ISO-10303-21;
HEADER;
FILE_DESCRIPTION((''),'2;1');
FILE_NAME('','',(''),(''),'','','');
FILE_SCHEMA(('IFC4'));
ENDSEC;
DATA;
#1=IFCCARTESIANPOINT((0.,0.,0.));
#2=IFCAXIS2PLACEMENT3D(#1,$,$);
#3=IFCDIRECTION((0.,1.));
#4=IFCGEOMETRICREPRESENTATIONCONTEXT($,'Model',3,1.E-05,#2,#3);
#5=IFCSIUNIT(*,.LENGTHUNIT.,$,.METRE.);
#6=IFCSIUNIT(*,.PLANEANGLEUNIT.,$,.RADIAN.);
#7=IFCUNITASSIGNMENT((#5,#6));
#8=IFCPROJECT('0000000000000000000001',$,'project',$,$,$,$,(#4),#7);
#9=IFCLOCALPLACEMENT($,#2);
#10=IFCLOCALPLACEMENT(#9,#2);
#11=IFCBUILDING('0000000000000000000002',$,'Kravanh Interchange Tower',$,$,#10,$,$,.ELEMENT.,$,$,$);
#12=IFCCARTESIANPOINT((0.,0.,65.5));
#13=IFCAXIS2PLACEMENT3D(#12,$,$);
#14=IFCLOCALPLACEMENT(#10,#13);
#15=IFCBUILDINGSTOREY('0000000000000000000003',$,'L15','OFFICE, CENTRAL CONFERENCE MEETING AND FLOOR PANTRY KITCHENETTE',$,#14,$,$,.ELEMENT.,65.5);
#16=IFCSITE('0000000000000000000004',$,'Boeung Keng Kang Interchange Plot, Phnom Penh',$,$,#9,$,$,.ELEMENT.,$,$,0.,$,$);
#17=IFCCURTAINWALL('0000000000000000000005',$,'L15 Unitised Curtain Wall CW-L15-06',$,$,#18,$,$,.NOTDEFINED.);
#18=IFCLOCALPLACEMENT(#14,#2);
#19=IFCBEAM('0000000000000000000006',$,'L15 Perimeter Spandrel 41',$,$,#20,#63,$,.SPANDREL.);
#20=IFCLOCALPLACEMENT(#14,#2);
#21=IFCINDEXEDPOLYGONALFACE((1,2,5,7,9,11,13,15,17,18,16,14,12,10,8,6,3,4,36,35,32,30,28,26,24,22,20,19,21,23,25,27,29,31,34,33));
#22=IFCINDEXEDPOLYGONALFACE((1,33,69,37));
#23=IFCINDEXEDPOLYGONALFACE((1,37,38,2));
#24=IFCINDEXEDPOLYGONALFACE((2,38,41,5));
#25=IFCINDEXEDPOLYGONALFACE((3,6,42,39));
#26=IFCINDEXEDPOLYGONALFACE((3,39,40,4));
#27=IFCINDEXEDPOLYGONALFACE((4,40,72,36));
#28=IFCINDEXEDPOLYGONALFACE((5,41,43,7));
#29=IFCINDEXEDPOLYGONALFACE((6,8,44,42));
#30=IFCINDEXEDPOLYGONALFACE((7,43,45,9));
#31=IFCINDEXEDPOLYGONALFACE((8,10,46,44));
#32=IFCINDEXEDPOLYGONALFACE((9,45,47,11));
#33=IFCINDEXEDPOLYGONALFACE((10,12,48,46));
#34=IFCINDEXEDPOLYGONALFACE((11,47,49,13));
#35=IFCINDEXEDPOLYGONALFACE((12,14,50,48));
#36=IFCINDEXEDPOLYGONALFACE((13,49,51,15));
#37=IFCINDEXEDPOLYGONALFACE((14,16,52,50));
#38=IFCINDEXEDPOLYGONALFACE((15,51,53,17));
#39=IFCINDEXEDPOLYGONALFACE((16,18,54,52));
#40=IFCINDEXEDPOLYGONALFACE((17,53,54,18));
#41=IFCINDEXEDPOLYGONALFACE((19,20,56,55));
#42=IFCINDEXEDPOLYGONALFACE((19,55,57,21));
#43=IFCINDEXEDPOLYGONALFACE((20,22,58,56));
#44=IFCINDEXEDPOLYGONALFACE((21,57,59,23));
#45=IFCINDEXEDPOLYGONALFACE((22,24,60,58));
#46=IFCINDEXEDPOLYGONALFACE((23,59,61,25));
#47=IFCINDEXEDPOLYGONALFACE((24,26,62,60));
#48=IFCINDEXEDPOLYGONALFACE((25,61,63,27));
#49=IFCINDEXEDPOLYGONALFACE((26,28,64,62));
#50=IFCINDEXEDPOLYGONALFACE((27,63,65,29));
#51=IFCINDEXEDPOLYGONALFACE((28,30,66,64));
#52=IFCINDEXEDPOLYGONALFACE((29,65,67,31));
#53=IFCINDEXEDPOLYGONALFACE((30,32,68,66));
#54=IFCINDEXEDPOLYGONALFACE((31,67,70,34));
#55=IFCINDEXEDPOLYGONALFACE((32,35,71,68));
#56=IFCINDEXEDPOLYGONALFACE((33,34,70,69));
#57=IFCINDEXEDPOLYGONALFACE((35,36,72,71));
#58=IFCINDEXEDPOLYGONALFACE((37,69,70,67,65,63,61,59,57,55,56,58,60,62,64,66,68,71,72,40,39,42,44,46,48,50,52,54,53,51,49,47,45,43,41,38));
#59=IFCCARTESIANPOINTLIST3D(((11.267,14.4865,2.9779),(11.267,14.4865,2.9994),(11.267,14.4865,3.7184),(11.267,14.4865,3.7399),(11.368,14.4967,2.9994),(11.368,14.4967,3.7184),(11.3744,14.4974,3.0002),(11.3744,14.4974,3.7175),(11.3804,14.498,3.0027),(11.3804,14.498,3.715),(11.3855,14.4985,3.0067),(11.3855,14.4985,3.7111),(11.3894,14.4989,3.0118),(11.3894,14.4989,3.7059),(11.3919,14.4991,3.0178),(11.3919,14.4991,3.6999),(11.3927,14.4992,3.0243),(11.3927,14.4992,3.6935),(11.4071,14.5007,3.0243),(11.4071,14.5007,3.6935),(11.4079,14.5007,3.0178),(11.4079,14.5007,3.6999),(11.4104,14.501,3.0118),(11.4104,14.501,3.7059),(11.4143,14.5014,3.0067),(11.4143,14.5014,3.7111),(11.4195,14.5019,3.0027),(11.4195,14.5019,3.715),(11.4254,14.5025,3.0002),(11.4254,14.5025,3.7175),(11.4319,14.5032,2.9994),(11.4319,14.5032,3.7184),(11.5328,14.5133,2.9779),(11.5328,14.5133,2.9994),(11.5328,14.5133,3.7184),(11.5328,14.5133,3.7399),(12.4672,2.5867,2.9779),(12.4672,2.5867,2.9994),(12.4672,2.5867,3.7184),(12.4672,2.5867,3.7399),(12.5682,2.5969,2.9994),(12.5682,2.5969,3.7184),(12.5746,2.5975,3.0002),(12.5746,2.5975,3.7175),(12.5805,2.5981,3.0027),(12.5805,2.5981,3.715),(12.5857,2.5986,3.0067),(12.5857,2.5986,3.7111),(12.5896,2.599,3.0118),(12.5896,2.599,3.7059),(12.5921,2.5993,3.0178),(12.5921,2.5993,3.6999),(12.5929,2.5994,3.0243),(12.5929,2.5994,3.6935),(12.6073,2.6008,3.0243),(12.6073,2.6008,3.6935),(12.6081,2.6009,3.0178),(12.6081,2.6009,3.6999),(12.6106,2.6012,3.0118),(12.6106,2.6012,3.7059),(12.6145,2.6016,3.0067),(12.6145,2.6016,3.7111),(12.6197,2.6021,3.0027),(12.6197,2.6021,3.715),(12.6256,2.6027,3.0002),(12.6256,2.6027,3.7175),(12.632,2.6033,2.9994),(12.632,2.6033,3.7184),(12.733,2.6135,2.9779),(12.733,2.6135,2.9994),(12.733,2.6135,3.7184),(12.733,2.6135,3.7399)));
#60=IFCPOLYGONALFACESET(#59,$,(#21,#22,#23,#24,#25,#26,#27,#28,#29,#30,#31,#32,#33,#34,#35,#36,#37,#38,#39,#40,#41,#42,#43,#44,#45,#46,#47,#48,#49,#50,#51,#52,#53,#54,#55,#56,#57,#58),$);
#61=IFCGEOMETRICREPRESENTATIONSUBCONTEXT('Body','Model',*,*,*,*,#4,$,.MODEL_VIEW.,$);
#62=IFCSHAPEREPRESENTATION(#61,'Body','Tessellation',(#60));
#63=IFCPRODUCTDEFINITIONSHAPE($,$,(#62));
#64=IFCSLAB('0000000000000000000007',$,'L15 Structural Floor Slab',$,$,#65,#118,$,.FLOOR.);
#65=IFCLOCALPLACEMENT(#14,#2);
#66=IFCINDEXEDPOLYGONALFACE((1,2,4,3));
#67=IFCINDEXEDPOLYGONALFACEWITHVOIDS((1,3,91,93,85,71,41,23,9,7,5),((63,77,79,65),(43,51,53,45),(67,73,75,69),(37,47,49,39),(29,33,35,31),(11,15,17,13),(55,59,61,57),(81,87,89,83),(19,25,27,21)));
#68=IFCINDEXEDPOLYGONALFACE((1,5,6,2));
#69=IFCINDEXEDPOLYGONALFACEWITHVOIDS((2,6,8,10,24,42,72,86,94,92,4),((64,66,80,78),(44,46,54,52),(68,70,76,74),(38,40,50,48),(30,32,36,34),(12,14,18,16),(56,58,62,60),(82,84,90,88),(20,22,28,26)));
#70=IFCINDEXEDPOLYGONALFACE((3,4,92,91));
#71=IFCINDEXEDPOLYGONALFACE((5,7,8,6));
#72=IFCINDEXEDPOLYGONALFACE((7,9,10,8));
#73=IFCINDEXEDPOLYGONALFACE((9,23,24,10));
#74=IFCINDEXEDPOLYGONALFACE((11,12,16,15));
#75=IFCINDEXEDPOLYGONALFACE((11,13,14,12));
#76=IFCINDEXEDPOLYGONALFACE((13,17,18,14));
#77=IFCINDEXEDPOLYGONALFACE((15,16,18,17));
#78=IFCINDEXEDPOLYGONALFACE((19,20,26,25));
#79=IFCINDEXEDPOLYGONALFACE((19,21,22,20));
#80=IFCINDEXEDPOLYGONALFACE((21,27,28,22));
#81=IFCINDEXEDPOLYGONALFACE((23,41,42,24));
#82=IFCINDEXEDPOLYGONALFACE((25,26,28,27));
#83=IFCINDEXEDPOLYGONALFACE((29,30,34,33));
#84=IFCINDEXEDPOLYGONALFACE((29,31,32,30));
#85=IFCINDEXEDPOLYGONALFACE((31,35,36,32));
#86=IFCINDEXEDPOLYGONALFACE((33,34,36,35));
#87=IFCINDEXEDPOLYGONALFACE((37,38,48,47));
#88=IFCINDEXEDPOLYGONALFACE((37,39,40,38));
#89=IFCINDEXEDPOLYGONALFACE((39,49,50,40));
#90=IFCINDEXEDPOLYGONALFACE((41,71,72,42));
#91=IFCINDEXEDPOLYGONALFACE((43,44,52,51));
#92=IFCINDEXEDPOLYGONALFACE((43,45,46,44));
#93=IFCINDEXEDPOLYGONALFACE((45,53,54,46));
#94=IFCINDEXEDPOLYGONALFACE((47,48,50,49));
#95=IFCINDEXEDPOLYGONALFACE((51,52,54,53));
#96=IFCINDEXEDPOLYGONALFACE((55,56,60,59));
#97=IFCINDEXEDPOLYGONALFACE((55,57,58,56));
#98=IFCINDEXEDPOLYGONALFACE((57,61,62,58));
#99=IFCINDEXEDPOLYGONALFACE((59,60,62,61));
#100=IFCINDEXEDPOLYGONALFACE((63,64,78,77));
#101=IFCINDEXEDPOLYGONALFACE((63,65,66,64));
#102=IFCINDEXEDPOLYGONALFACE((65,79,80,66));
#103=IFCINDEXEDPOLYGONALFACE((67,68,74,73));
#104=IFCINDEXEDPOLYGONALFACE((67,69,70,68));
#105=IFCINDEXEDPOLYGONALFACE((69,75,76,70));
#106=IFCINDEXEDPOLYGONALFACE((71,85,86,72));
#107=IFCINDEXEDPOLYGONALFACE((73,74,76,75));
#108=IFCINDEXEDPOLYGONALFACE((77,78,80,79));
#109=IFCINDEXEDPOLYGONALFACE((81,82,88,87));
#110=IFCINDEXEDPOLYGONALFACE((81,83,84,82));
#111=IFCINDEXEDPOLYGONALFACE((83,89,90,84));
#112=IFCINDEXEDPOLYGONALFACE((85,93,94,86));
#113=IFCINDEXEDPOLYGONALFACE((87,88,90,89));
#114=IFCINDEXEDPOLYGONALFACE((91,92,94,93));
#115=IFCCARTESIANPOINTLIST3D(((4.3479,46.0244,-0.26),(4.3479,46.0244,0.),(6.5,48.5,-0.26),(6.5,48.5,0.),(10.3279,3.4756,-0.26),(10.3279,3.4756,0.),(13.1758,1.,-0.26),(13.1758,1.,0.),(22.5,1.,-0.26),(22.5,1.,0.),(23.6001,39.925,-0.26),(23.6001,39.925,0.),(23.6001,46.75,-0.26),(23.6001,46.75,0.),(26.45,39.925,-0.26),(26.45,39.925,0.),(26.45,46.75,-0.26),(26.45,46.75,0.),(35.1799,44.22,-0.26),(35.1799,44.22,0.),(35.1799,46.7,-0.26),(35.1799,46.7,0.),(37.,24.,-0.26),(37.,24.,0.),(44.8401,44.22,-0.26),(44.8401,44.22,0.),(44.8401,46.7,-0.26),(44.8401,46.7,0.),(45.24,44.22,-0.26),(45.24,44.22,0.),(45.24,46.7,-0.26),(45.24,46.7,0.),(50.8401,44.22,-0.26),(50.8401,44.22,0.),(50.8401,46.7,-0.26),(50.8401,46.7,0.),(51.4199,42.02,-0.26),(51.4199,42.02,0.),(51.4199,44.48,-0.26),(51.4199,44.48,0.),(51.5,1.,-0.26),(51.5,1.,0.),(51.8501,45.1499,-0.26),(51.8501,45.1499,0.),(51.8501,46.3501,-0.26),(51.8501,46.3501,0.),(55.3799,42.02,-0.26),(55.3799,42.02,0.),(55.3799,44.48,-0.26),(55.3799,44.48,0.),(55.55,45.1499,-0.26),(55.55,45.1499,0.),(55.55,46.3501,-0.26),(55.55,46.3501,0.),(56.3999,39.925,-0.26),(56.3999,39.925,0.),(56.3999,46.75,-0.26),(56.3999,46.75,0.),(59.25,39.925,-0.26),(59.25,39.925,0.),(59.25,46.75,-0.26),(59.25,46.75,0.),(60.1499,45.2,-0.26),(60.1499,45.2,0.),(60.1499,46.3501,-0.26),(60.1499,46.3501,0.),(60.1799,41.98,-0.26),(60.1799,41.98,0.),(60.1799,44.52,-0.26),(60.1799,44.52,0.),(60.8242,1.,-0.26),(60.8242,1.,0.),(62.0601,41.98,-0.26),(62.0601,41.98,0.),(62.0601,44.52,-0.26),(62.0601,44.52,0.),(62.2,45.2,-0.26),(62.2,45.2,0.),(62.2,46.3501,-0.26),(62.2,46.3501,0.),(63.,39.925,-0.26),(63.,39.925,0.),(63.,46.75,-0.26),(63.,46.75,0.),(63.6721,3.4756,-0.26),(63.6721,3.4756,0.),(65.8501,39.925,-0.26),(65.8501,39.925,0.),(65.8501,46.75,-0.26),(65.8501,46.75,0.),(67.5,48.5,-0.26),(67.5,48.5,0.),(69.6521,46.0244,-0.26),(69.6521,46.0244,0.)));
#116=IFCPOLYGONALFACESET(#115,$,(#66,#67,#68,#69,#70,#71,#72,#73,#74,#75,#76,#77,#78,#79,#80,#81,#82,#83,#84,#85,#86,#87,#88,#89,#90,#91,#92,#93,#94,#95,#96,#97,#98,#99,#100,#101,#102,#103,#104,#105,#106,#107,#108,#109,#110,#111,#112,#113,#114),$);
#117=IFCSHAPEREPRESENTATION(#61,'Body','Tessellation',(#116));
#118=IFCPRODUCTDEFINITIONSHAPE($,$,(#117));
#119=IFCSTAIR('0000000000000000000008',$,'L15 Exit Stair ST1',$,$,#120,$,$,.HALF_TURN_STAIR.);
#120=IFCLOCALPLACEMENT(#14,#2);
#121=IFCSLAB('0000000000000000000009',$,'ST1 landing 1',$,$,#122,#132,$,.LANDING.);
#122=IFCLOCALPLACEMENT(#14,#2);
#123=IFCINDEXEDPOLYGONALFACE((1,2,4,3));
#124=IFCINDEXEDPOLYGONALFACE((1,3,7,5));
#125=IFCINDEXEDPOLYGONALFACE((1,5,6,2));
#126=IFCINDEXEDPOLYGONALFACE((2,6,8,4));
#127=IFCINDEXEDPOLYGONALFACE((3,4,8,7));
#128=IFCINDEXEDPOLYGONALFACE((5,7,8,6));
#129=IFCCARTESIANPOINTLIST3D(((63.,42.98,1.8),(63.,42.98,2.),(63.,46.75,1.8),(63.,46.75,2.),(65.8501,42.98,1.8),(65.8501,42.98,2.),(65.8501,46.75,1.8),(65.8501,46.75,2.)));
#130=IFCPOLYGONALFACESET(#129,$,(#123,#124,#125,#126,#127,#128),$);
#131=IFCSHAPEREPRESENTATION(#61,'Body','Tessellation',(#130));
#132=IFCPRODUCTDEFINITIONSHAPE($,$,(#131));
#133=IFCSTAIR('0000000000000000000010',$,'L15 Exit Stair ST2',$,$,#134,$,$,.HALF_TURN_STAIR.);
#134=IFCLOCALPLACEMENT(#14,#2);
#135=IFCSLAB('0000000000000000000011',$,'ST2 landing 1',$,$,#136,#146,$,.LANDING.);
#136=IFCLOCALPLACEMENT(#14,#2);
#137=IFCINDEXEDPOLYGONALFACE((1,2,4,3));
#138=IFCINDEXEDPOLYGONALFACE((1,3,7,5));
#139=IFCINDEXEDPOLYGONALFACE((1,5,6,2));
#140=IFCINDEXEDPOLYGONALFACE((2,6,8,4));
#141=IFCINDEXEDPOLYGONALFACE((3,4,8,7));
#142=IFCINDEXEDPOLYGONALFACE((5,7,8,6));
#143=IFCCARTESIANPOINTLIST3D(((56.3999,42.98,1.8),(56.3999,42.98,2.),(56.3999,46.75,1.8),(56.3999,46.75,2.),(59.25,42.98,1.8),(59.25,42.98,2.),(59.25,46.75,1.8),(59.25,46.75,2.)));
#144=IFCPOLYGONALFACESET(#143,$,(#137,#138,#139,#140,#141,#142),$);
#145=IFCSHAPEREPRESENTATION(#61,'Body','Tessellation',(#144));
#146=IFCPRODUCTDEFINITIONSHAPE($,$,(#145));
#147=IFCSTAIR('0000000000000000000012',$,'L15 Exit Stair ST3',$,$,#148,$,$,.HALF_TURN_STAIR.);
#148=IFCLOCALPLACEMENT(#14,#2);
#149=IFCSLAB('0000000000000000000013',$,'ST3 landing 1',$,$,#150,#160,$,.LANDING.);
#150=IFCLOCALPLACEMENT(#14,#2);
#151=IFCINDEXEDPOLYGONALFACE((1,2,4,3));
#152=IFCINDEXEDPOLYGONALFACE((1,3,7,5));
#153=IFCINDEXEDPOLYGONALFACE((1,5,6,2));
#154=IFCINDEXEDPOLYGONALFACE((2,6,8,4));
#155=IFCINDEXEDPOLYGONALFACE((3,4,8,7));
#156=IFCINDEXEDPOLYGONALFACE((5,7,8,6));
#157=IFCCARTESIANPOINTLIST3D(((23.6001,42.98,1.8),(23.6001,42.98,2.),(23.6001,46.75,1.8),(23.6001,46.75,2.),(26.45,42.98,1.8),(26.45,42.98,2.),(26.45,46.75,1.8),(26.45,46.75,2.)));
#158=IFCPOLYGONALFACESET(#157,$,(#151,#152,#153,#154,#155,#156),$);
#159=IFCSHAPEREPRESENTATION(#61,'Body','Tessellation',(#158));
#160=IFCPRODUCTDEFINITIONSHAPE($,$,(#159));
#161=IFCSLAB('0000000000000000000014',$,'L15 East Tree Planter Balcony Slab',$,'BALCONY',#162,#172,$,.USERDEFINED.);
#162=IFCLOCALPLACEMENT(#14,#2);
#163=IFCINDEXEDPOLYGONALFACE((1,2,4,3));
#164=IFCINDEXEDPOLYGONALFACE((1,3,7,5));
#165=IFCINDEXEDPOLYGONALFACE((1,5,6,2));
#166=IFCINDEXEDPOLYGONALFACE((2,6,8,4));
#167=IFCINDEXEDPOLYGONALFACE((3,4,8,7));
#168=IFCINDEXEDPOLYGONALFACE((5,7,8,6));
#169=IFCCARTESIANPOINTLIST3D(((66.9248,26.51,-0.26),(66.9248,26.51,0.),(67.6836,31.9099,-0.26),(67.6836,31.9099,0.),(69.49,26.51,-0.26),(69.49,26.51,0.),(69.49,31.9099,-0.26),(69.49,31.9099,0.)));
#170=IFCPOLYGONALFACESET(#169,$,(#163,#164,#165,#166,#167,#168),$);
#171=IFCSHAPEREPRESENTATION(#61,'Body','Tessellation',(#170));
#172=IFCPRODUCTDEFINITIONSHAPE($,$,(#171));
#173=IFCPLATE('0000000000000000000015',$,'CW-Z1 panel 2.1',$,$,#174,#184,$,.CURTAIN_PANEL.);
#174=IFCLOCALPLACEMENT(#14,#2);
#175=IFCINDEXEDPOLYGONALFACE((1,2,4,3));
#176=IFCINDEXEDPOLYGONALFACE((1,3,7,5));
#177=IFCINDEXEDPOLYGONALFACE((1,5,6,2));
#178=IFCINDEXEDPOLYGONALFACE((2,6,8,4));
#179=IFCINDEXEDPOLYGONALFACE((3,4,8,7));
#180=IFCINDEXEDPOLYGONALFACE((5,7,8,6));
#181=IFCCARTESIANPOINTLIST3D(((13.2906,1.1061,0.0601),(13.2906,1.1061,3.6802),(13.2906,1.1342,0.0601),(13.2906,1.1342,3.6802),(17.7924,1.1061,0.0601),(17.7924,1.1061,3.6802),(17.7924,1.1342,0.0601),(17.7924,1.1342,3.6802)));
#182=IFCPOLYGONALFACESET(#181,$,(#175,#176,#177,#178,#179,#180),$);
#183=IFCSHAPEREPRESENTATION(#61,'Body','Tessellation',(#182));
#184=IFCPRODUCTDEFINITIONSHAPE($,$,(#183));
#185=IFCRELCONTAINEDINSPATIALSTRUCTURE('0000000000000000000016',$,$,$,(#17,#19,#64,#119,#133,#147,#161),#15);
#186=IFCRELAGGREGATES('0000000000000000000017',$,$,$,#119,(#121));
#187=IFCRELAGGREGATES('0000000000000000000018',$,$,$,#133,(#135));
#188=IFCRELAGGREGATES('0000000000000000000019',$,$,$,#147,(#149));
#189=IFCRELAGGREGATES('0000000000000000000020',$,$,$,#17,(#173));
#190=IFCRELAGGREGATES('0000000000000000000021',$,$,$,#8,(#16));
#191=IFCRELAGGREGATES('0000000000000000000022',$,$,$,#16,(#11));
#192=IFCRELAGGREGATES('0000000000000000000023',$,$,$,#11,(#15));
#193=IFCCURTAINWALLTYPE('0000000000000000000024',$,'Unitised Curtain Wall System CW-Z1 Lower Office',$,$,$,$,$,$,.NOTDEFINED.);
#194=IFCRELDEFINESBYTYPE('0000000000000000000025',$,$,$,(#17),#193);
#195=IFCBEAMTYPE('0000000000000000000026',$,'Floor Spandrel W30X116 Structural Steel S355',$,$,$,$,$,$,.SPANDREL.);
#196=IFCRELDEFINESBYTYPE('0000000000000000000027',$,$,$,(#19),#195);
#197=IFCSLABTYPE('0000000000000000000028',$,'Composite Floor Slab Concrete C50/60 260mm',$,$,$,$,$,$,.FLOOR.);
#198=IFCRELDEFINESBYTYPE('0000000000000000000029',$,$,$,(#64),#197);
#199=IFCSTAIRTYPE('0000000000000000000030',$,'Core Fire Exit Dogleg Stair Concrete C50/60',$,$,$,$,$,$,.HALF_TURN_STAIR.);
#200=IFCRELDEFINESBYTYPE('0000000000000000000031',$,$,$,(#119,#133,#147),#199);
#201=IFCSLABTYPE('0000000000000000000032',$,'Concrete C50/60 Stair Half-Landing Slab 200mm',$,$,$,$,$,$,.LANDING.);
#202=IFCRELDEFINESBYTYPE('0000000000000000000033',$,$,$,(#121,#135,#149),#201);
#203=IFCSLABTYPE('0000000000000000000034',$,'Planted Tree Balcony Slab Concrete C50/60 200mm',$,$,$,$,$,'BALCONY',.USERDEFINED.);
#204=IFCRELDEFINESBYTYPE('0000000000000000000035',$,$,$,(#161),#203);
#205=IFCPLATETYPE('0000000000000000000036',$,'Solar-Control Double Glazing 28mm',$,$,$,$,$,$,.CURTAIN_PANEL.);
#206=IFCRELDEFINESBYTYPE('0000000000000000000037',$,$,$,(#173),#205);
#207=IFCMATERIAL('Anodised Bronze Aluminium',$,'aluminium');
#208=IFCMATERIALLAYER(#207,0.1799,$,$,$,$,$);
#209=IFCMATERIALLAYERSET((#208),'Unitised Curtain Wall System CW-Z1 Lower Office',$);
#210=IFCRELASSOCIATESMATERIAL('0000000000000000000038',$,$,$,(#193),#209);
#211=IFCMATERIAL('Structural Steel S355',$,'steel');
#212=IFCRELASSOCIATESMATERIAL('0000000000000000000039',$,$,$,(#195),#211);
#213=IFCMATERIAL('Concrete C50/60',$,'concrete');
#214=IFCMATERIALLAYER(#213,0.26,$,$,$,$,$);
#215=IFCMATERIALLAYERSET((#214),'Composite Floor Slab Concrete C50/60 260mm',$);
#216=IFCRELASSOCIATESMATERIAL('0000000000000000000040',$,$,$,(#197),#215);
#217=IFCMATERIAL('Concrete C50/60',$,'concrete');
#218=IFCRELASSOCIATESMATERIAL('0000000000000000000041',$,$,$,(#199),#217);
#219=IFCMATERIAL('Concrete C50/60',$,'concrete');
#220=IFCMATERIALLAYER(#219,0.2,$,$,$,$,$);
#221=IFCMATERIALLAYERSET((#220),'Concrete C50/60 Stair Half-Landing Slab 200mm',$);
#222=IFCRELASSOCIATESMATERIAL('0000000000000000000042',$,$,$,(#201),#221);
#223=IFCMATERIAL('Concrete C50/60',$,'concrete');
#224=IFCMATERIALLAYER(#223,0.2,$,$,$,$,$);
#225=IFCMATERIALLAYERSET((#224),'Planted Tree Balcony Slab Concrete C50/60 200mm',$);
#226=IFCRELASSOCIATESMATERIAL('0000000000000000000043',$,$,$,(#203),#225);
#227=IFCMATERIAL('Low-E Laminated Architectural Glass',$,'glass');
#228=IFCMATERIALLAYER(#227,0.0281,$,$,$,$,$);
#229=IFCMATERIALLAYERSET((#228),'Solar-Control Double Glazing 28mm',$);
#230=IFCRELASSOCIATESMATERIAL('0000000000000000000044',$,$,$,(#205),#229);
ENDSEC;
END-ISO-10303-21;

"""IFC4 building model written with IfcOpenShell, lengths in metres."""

from ifc_helpers import new_model, si_unit, direction, frame, origin, origin_2d, place, context, subcontext, project, spatial, polyline, rectangle, i_section, outline, extrude, material, layer, layer_set, material_profile, profile_set, type_object, element, aggregate, save


model = new_model("IFC4")

# Units and contexts
model_context = context("Model", 3, precision=1e-05, world=origin(), true_north=direction((0.0, 1.0)))
body_context = subcontext(model_context, "Body", "Model", "MODEL_VIEW")
ifc_project = project(units=[si_unit("LENGTHUNIT", "METRE"), si_unit("PLANEANGLEUNIT", "RADIAN")], contexts=[model_context])

# Site, building, storey
site_placement = place(None, origin())
site = spatial("IfcSite", under=ifc_project, at=site_placement, Name="Boeung Keng Kang Interchange Plot, Phnom Penh", CompositionType="ELEMENT", RefElevation=0.0)
building_placement = place(site_placement, origin())
building = spatial("IfcBuilding", under=site, at=building_placement, Name="Kravanh Interchange Tower", CompositionType="ELEMENT")
storey_placement = place(building_placement, frame((0.0, 0.0, 65.5)))
storey = spatial("IfcBuildingStorey", under=building, at=storey_placement, Name="L15", Description="OFFICE, CENTRAL CONFERENCE MEETING AND FLOOR PANTRY KITCHENETTE", CompositionType="ELEMENT", Elevation=65.5)

# Curtain wall
ifc_material_1 = material(Name="Anodised Bronze Aluminium", Category="aluminium")
ifc_layer_1 = layer(ifc_material_1, 0.1799)
ifc_layer_set_1 = layer_set([ifc_layer_1], Name="Unitised Curtain Wall System CW-Z1 Lower Office")
curtain_wall_type = type_object("IfcCurtainWallType", Name="Unitised Curtain Wall System CW-Z1 Lower Office", PredefinedType="NOTDEFINED", material=ifc_layer_set_1)
curtain_wall_1_placement = place(storey_placement, origin())
curtain_wall_1 = element("IfcCurtainWall", 1, at=curtain_wall_1_placement, inside=storey, type_object=curtain_wall_type, Name="L15 Unitised Curtain Wall CW-L15-06", PredefinedType="NOTDEFINED")

# Beam
ifc_material_2 = material(Name="Structural Steel S355", Category="steel")
ifc_material_profile_1 = material_profile(ifc_material_2, i_section(OverallWidth=0.2671, OverallDepth=0.762, WebThickness=0.0144, FlangeThickness=0.0215, FilletRadius=0.0249, at=origin_2d()), Name="W30X116")
ifc_profile_set_1 = profile_set([ifc_material_profile_1], Name="Structural Steel S355")
beam_type_1 = type_object("IfcBeamType", Name="Floor Spandrel W30X116 Structural Steel S355", PredefinedType="SPANDREL", material=ifc_profile_set_1)
beam_1_placement = place(storey_placement, frame((12.6001, 2.6001, 3.3589), z_axis=(-0.100348, 0.994952, 0.0), x_axis=(-0.994952, -0.100348, 0.0)))
element("IfcBeam", 2, at=beam_1_placement, inside=storey, type_object=beam_type_1, Name="L15 Perimeter Spandrel 41", PredefinedType="SPANDREL", context=body_context, shape_type="SweptSolid", body=[
    extrude(i_section(OverallWidth=0.2671, OverallDepth=0.762, WebThickness=0.0144, FlangeThickness=0.0215, FilletRadius=0.0249, at=origin_2d()), origin(), (0.0, 0.0, 1.0), 11.9602),
])

# Slab
ifc_material_3 = material(Name="Concrete C50/60", Category="concrete")
ifc_layer_2 = layer(ifc_material_3, 0.26)
ifc_layer_set_2 = layer_set([ifc_layer_2], Name="Composite Floor Slab Concrete C50/60 260mm")
slab_type_1 = type_object("IfcSlabType", Name="Composite Floor Slab Concrete C50/60 260mm", PredefinedType="FLOOR", material=ifc_layer_set_2)
slab_1_placement = place(storey_placement, frame((0.0, 0.0, -0.26)))
element("IfcSlab", 3, at=slab_1_placement, inside=storey, type_object=slab_type_1, Name="L15 Structural Floor Slab", PredefinedType="FLOOR", context=body_context, shape_type="SweptSolid", body=[
    extrude(outline(polyline([(10.3279, 3.4756), (13.1758, 1.0), (22.5, 1.0), (37.0, 24.0), (51.5, 1.0), (60.8242, 1.0), (63.6721, 3.4756), (69.6521, 46.0244), (67.5, 48.5), (6.5, 48.5), (4.3479, 46.0244), (10.3279, 3.4756)]), holes=[polyline([(65.8501, 39.925), (65.8501, 46.75), (63.0, 46.75), (63.0, 39.925), (65.8501, 39.925)]), polyline([(59.25, 39.925), (59.25, 46.75), (56.3999, 46.75), (56.3999, 39.925), (59.25, 39.925)]), polyline([(26.45, 39.925), (26.45, 46.75), (23.6001, 46.75), (23.6001, 39.925), (26.45, 39.925)]), polyline([(35.1799, 44.22), (44.8401, 44.22), (44.8401, 46.7), (35.1799, 46.7), (35.1799, 44.22)]), polyline([(45.24, 44.22), (50.8401, 44.22), (50.8401, 46.7), (45.24, 46.7), (45.24, 44.22)]), polyline([(51.4199, 42.02), (55.3799, 42.02), (55.3799, 44.48), (51.4199, 44.48), (51.4199, 42.02)]), polyline([(60.1799, 41.98), (62.0601, 41.98), (62.0601, 44.52), (60.1799, 44.52), (60.1799, 41.98)]), polyline([(60.1499, 45.2), (62.2, 45.2), (62.2, 46.3501), (60.1499, 46.3501), (60.1499, 45.2)]), polyline([(51.8501, 45.1499), (55.55, 45.1499), (55.55, 46.3501), (51.8501, 46.3501), (51.8501, 45.1499)])]), origin(), (0.0, 0.0, 1.0), 0.26),
])

# Stairs, slabs
ifc_material_4 = material(Name="Concrete C50/60", Category="concrete")
stair_type = type_object("IfcStairType", Name="Core Fire Exit Dogleg Stair Concrete C50/60", PredefinedType="HALF_TURN_STAIR", material=ifc_material_4)
stair_1_placement = place(storey_placement, origin())
stair_1 = element("IfcStair", 4, at=stair_1_placement, inside=storey, type_object=stair_type, Name="L15 Exit Stair ST1", PredefinedType="HALF_TURN_STAIR")
ifc_material_5 = material(Name="Concrete C50/60", Category="concrete")
ifc_layer_3 = layer(ifc_material_5, 0.2)
ifc_layer_set_3 = layer_set([ifc_layer_3], Name="Concrete C50/60 Stair Half-Landing Slab 200mm")
slab_type_2 = type_object("IfcSlabType", Name="Concrete C50/60 Stair Half-Landing Slab 200mm", PredefinedType="LANDING", material=ifc_layer_set_3)
slab_2_placement = place(storey_placement, frame((0.0, 0.0, 1.8)))
slab_2 = element("IfcSlab", 5, at=slab_2_placement, type_object=slab_type_2, Name="ST1 landing 1", PredefinedType="LANDING", context=body_context, shape_type="SweptSolid", body=[
    extrude(outline(polyline([(65.8501, 42.98), (65.8501, 46.75), (63.0, 46.75), (63.0, 42.98), (65.8501, 42.98)])), origin(), (0.0, 0.0, 1.0), 0.2),
])
aggregate(stair_1, [slab_2])
stair_2_placement = place(storey_placement, origin())
stair_2 = element("IfcStair", 6, at=stair_2_placement, inside=storey, type_object=stair_type, Name="L15 Exit Stair ST2", PredefinedType="HALF_TURN_STAIR")
slab_3_placement = place(storey_placement, frame((0.0, 0.0, 1.8)))
slab_3 = element("IfcSlab", 7, at=slab_3_placement, type_object=slab_type_2, Name="ST2 landing 1", PredefinedType="LANDING", context=body_context, shape_type="SweptSolid", body=[
    extrude(outline(polyline([(59.25, 42.98), (59.25, 46.75), (56.3999, 46.75), (56.3999, 42.98), (59.25, 42.98)])), origin(), (0.0, 0.0, 1.0), 0.2),
])
aggregate(stair_2, [slab_3])
stair_3_placement = place(storey_placement, origin())
stair_3 = element("IfcStair", 8, at=stair_3_placement, inside=storey, type_object=stair_type, Name="L15 Exit Stair ST3", PredefinedType="HALF_TURN_STAIR")
slab_4_placement = place(storey_placement, frame((0.0, 0.0, 1.8)))
slab_4 = element("IfcSlab", 9, at=slab_4_placement, type_object=slab_type_2, Name="ST3 landing 1", PredefinedType="LANDING", context=body_context, shape_type="SweptSolid", body=[
    extrude(outline(polyline([(26.45, 42.98), (26.45, 46.75), (23.6001, 46.75), (23.6001, 42.98), (26.45, 42.98)])), origin(), (0.0, 0.0, 1.0), 0.2),
])
aggregate(stair_3, [slab_4])

# Slab
ifc_material_6 = material(Name="Concrete C50/60", Category="concrete")
ifc_layer_4 = layer(ifc_material_6, 0.2)
ifc_layer_set_4 = layer_set([ifc_layer_4], Name="Planted Tree Balcony Slab Concrete C50/60 200mm")
slab_type_3 = type_object("IfcSlabType", Name="Planted Tree Balcony Slab Concrete C50/60 200mm", ElementType="BALCONY", PredefinedType="USERDEFINED", material=ifc_layer_set_4)
slab_5_placement = place(storey_placement, frame((0.0, 0.0, -0.26)))
element("IfcSlab", 10, at=slab_5_placement, inside=storey, type_object=slab_type_3, Name="L15 East Tree Planter Balcony Slab", ObjectType="BALCONY", PredefinedType="USERDEFINED", context=body_context, shape_type="SweptSolid", body=[
    extrude(outline(polyline([(69.49, 31.9099), (69.49, 26.51), (66.9248, 26.51), (67.6836, 31.9099), (69.49, 31.9099)])), origin(), (0.0, 0.0, 1.0), 0.26),
])

# Plate
ifc_material_7 = material(Name="Low-E Laminated Architectural Glass", Category="glass")
ifc_layer_5 = layer(ifc_material_7, 0.0281)
ifc_layer_set_5 = layer_set([ifc_layer_5], Name="Solar-Control Double Glazing 28mm")
plate_type = type_object("IfcPlateType", Name="Solar-Control Double Glazing 28mm", PredefinedType="CURTAIN_PANEL", material=ifc_layer_set_5)
plate_1_placement = place(storey_placement, frame((15.5415, 1.1201, 0.0601), z_axis=(0.0, 0.0, 1.0), x_axis=(-1.0, 0.0, 0.0)))
plate_1 = element("IfcPlate", 11, at=plate_1_placement, type_object=plate_type, Name="CW-Z1 panel 2.1", PredefinedType="CURTAIN_PANEL", context=body_context, shape_type="SweptSolid", body=[
    extrude(rectangle(XDim=4.5017, YDim=0.0281, at=origin_2d()), origin(), (0.0, 0.0, 1.0), 3.6201),
])
aggregate(curtain_wall_1, [plate_1])

save(model, "model.ifc")
